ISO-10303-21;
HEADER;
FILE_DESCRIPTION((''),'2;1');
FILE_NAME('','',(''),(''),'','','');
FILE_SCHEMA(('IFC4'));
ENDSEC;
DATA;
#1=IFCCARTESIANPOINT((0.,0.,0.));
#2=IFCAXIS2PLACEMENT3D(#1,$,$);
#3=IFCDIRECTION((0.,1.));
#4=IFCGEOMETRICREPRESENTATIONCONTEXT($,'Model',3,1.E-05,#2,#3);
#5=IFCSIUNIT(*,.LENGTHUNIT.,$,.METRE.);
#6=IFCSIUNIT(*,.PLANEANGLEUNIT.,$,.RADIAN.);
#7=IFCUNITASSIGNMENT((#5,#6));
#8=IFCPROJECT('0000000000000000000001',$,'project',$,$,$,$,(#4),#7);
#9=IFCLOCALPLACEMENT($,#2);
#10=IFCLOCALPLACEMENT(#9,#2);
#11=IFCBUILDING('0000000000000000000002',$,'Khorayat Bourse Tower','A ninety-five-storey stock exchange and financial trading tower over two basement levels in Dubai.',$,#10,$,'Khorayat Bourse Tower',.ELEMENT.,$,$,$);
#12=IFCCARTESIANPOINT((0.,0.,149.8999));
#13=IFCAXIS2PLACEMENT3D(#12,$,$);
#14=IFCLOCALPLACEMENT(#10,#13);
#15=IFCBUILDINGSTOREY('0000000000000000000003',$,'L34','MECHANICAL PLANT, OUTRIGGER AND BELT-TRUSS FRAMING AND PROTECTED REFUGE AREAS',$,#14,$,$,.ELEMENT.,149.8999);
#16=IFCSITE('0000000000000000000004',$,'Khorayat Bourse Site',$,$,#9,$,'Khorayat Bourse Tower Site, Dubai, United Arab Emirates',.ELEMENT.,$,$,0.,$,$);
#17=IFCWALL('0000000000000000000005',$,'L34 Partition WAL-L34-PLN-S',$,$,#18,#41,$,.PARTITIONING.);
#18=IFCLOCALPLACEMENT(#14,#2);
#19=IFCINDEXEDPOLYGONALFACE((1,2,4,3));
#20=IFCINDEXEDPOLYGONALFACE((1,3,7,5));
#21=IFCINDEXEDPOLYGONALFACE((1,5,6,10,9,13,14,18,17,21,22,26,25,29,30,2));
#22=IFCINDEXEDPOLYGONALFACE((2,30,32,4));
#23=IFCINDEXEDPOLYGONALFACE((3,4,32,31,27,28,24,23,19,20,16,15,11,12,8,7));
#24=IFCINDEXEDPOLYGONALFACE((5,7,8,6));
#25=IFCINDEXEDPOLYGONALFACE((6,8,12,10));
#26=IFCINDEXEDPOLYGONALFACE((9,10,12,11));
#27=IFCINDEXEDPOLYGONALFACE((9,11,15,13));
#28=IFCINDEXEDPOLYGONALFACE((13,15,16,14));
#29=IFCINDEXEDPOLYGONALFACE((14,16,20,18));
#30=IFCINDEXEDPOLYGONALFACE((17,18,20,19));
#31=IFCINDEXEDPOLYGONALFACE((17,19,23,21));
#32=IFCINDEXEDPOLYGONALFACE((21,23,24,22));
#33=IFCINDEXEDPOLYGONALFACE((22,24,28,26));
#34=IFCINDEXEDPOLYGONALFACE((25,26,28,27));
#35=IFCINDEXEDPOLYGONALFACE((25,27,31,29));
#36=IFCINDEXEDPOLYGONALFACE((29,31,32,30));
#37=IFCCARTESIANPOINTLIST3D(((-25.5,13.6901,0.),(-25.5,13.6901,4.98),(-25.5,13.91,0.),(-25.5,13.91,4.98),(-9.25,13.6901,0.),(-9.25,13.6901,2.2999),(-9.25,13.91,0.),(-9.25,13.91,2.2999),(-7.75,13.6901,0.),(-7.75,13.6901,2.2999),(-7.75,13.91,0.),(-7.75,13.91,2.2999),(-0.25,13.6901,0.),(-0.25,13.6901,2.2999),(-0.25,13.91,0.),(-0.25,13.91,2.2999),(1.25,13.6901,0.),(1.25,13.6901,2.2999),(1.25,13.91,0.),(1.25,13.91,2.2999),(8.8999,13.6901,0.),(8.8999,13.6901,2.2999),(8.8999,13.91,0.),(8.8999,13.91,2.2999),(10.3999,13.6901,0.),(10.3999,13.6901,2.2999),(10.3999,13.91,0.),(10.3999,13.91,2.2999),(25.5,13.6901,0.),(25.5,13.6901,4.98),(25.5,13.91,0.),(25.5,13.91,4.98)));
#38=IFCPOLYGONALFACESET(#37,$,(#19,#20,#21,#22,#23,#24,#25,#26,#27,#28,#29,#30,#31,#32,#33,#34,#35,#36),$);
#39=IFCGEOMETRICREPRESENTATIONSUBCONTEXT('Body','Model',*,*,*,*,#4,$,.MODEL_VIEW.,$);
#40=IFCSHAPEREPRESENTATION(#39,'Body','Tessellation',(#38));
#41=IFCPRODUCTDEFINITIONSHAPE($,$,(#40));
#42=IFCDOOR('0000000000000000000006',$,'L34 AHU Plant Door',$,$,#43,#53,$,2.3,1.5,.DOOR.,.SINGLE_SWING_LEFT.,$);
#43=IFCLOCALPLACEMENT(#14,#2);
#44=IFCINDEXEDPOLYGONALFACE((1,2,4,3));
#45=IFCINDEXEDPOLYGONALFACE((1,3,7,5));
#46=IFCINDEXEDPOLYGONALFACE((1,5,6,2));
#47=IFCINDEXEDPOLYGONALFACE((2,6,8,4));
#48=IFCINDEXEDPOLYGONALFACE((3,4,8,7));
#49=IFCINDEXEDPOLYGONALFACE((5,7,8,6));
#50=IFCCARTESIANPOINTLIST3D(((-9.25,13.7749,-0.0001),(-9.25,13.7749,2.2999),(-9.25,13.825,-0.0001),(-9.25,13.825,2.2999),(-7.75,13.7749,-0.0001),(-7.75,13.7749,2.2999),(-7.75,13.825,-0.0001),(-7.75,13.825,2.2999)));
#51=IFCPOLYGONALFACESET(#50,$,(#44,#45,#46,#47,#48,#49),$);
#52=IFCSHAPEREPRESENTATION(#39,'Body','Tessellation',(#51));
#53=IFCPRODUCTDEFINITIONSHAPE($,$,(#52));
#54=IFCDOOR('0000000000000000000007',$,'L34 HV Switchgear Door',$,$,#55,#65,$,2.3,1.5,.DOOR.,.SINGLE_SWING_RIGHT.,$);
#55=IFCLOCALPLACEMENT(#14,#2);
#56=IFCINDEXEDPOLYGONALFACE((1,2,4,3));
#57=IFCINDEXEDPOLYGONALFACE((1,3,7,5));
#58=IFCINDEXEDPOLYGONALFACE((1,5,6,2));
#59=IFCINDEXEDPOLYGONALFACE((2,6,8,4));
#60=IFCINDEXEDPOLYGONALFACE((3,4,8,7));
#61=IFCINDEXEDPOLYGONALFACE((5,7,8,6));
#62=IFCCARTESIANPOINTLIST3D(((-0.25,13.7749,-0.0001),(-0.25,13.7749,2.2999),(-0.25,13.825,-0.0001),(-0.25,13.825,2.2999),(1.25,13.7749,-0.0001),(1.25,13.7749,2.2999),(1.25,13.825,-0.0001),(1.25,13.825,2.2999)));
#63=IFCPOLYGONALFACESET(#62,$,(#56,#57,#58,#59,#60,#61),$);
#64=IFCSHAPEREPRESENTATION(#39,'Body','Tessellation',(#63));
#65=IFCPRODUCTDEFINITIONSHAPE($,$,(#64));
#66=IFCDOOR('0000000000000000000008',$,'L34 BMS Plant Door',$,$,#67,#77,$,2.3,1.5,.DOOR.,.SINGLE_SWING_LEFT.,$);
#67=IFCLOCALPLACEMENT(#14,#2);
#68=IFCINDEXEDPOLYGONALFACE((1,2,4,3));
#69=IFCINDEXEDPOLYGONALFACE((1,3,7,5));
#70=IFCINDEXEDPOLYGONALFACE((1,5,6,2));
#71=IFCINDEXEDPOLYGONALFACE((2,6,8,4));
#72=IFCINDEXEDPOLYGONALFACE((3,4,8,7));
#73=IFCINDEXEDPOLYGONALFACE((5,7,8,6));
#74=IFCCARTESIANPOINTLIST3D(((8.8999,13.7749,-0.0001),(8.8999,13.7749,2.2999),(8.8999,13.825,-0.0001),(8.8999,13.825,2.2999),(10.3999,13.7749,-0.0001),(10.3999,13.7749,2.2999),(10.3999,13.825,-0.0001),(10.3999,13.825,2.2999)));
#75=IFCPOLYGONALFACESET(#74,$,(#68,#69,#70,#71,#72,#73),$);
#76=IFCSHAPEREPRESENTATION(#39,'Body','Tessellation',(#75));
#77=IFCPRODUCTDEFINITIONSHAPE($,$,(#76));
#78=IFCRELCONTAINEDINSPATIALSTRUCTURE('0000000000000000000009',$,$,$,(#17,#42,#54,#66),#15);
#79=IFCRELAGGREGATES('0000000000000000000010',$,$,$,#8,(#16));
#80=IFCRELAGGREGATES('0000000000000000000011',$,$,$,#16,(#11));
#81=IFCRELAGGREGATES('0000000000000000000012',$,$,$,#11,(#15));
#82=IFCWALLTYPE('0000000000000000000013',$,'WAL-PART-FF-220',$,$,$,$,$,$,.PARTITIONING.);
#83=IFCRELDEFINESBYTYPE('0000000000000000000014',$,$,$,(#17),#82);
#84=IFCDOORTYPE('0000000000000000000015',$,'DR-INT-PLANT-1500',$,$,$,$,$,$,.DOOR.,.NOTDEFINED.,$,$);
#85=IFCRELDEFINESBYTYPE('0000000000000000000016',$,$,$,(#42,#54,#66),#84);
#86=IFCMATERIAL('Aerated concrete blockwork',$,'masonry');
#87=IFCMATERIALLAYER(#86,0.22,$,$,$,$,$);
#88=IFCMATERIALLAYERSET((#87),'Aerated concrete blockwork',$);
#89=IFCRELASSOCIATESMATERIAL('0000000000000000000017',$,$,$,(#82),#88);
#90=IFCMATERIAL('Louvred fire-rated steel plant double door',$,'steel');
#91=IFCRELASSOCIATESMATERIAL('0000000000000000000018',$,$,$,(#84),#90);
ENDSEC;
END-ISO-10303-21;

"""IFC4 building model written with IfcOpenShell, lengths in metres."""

from ifc_helpers import new_model, si_unit, direction, frame, frame_2d, origin, place, context, subcontext, project, spatial, rectangle, extrude, source, transform, mapped, material, layer, layer_set, type_object, element, fill, save


model = new_model("IFC4")

# Units and contexts
model_context = context("Model", 3, precision=1e-05, world=origin(), true_north=direction((0.0, 1.0)))
body_context = subcontext(model_context, "Body", "Model", "MODEL_VIEW")
ifc_project = project(units=[si_unit("LENGTHUNIT", "METRE"), si_unit("PLANEANGLEUNIT", "RADIAN")], contexts=[model_context])

# Site, building, storey
site_placement = place(None, origin())
site = spatial("IfcSite", under=ifc_project, at=site_placement, Name="Khorayat Bourse Site", LongName="Khorayat Bourse Tower Site, Dubai, United Arab Emirates", CompositionType="ELEMENT", RefElevation=0.0)
building_placement = place(site_placement, origin())
building = spatial("IfcBuilding", under=site, at=building_placement, Name="Khorayat Bourse Tower", Description="A ninety-five-storey stock exchange and financial trading tower over two basement levels in Dubai.", LongName="Khorayat Bourse Tower", CompositionType="ELEMENT")
storey_placement = place(building_placement, frame((0.0, 0.0, 149.8999)))
storey = spatial("IfcBuildingStorey", under=building, at=storey_placement, Name="L34", Description="MECHANICAL PLANT, OUTRIGGER AND BELT-TRUSS FRAMING AND PROTECTED REFUGE AREAS", CompositionType="ELEMENT", Elevation=149.8999)

# Wall, openings, doors
ifc_material_1 = material(Name="Aerated concrete blockwork", Category="masonry")
ifc_layer_1 = layer(ifc_material_1, 0.22)
ifc_layer_set_1 = layer_set([ifc_layer_1], Name="Aerated concrete blockwork")
wall_type_1 = type_object("IfcWallType", Name="WAL-PART-FF-220", PredefinedType="PARTITIONING", material=ifc_layer_set_1)
shared_shape_1 = source(origin(), body_context, "Body", "SweptSolid", [
    extrude(rectangle(XDim=51.0, YDim=0.22, at=frame_2d((25.5, 0.0))), origin(), (0.0, 0.0, 1.0), 4.98),
])
wall_1_placement = place(storey_placement, frame((-25.5, 13.8, 0.0), z_axis=(0.0, 0.0, 1.0), x_axis=(1.0, 0.0, 0.0)))
wall_1 = element("IfcWall", 1, at=wall_1_placement, inside=storey, type_object=wall_type_1, Name="L34 Partition WAL-L34-PLN-S", PredefinedType="PARTITIONING", context=body_context, shape_type="MappedRepresentation", body=[
    mapped(shared_shape_1, transform((0.0, 0.0, 0.0), scale=1.0)),
])
shared_shape_2 = source(origin(), body_context, "Body", "SweptSolid", [
    extrude(rectangle(XDim=1.5, YDim=2.3, at=frame_2d((0.75, 1.1499))), frame((0.0, 0.1199, 0.0), z_axis=(0.0, -1.0, 0.0), x_axis=(1.0, 0.0, 0.0)), (0.0, 0.0, 1.0), 0.24),
])
opening_1_placement = place(wall_1_placement, frame((16.25, 0.0, 0.0)))
opening_1 = element("IfcOpeningElement", 2, at=opening_1_placement, cuts=wall_1, PredefinedType="OPENING", context=body_context, shape_type="MappedRepresentation", body=[
    mapped(shared_shape_2, transform((0.0, 0.0, 0.0), scale=1.0)),
])
opening_2_placement = place(wall_1_placement, frame((25.25, 0.0, 0.0)))
opening_2 = element("IfcOpeningElement", 3, at=opening_2_placement, cuts=wall_1, PredefinedType="OPENING", context=body_context, shape_type="MappedRepresentation", body=[
    mapped(shared_shape_2, transform((0.0, 0.0, 0.0), scale=1.0)),
])
opening_3_placement = place(wall_1_placement, frame((34.3999, 0.0, 0.0)))
opening_3 = element("IfcOpeningElement", 4, at=opening_3_placement, cuts=wall_1, PredefinedType="OPENING", context=body_context, shape_type="MappedRepresentation", body=[
    mapped(shared_shape_2, transform((0.0, 0.0, 0.0), scale=1.0)),
])
ifc_material_2 = material(Name="Louvred fire-rated steel plant double door", Category="steel")
door_type = type_object("IfcDoorType", Name="DR-INT-PLANT-1500", OperationType="NOTDEFINED", PredefinedType="DOOR", material=ifc_material_2)
shared_shape_3 = source(origin(), body_context, "Body", "SweptSolid", [
    extrude(rectangle(XDim=1.5, YDim=2.3, at=frame_2d((0.75, 1.1499))), frame((0.0, 0.0249, 0.0), z_axis=(0.0, -1.0, 0.0), x_axis=(1.0, 0.0, 0.0)), (0.0, 0.0, 1.0), 0.05),
])
door_1_placement = place(opening_1_placement, origin())
door_1 = element("IfcDoor", 5, at=door_1_placement, inside=storey, type_object=door_type, Name="L34 AHU Plant Door", OperationType="SINGLE_SWING_LEFT", OverallHeight=2.3, OverallWidth=1.5, PredefinedType="DOOR", context=body_context, shape_type="MappedRepresentation", body=[
    mapped(shared_shape_3, transform((0.0, 0.0, 0.0), scale=1.0)),
])
fill(opening_1, door_1)
door_2_placement = place(opening_2_placement, origin())
door_2 = element("IfcDoor", 6, at=door_2_placement, inside=storey, type_object=door_type, Name="L34 HV Switchgear Door", OperationType="SINGLE_SWING_RIGHT", OverallHeight=2.3, OverallWidth=1.5, PredefinedType="DOOR", context=body_context, shape_type="MappedRepresentation", body=[
    mapped(shared_shape_3, transform((0.0, 0.0, 0.0), scale=1.0)),
])
fill(opening_2, door_2)
door_3_placement = place(opening_3_placement, origin())
door_3 = element("IfcDoor", 7, at=door_3_placement, inside=storey, type_object=door_type, Name="L34 BMS Plant Door", OperationType="SINGLE_SWING_LEFT", OverallHeight=2.3, OverallWidth=1.5, PredefinedType="DOOR", context=body_context, shape_type="MappedRepresentation", body=[
    mapped(shared_shape_3, transform((0.0, 0.0, 0.0), scale=1.0)),
])
fill(opening_3, door_3)

save(model, "model.ifc")
